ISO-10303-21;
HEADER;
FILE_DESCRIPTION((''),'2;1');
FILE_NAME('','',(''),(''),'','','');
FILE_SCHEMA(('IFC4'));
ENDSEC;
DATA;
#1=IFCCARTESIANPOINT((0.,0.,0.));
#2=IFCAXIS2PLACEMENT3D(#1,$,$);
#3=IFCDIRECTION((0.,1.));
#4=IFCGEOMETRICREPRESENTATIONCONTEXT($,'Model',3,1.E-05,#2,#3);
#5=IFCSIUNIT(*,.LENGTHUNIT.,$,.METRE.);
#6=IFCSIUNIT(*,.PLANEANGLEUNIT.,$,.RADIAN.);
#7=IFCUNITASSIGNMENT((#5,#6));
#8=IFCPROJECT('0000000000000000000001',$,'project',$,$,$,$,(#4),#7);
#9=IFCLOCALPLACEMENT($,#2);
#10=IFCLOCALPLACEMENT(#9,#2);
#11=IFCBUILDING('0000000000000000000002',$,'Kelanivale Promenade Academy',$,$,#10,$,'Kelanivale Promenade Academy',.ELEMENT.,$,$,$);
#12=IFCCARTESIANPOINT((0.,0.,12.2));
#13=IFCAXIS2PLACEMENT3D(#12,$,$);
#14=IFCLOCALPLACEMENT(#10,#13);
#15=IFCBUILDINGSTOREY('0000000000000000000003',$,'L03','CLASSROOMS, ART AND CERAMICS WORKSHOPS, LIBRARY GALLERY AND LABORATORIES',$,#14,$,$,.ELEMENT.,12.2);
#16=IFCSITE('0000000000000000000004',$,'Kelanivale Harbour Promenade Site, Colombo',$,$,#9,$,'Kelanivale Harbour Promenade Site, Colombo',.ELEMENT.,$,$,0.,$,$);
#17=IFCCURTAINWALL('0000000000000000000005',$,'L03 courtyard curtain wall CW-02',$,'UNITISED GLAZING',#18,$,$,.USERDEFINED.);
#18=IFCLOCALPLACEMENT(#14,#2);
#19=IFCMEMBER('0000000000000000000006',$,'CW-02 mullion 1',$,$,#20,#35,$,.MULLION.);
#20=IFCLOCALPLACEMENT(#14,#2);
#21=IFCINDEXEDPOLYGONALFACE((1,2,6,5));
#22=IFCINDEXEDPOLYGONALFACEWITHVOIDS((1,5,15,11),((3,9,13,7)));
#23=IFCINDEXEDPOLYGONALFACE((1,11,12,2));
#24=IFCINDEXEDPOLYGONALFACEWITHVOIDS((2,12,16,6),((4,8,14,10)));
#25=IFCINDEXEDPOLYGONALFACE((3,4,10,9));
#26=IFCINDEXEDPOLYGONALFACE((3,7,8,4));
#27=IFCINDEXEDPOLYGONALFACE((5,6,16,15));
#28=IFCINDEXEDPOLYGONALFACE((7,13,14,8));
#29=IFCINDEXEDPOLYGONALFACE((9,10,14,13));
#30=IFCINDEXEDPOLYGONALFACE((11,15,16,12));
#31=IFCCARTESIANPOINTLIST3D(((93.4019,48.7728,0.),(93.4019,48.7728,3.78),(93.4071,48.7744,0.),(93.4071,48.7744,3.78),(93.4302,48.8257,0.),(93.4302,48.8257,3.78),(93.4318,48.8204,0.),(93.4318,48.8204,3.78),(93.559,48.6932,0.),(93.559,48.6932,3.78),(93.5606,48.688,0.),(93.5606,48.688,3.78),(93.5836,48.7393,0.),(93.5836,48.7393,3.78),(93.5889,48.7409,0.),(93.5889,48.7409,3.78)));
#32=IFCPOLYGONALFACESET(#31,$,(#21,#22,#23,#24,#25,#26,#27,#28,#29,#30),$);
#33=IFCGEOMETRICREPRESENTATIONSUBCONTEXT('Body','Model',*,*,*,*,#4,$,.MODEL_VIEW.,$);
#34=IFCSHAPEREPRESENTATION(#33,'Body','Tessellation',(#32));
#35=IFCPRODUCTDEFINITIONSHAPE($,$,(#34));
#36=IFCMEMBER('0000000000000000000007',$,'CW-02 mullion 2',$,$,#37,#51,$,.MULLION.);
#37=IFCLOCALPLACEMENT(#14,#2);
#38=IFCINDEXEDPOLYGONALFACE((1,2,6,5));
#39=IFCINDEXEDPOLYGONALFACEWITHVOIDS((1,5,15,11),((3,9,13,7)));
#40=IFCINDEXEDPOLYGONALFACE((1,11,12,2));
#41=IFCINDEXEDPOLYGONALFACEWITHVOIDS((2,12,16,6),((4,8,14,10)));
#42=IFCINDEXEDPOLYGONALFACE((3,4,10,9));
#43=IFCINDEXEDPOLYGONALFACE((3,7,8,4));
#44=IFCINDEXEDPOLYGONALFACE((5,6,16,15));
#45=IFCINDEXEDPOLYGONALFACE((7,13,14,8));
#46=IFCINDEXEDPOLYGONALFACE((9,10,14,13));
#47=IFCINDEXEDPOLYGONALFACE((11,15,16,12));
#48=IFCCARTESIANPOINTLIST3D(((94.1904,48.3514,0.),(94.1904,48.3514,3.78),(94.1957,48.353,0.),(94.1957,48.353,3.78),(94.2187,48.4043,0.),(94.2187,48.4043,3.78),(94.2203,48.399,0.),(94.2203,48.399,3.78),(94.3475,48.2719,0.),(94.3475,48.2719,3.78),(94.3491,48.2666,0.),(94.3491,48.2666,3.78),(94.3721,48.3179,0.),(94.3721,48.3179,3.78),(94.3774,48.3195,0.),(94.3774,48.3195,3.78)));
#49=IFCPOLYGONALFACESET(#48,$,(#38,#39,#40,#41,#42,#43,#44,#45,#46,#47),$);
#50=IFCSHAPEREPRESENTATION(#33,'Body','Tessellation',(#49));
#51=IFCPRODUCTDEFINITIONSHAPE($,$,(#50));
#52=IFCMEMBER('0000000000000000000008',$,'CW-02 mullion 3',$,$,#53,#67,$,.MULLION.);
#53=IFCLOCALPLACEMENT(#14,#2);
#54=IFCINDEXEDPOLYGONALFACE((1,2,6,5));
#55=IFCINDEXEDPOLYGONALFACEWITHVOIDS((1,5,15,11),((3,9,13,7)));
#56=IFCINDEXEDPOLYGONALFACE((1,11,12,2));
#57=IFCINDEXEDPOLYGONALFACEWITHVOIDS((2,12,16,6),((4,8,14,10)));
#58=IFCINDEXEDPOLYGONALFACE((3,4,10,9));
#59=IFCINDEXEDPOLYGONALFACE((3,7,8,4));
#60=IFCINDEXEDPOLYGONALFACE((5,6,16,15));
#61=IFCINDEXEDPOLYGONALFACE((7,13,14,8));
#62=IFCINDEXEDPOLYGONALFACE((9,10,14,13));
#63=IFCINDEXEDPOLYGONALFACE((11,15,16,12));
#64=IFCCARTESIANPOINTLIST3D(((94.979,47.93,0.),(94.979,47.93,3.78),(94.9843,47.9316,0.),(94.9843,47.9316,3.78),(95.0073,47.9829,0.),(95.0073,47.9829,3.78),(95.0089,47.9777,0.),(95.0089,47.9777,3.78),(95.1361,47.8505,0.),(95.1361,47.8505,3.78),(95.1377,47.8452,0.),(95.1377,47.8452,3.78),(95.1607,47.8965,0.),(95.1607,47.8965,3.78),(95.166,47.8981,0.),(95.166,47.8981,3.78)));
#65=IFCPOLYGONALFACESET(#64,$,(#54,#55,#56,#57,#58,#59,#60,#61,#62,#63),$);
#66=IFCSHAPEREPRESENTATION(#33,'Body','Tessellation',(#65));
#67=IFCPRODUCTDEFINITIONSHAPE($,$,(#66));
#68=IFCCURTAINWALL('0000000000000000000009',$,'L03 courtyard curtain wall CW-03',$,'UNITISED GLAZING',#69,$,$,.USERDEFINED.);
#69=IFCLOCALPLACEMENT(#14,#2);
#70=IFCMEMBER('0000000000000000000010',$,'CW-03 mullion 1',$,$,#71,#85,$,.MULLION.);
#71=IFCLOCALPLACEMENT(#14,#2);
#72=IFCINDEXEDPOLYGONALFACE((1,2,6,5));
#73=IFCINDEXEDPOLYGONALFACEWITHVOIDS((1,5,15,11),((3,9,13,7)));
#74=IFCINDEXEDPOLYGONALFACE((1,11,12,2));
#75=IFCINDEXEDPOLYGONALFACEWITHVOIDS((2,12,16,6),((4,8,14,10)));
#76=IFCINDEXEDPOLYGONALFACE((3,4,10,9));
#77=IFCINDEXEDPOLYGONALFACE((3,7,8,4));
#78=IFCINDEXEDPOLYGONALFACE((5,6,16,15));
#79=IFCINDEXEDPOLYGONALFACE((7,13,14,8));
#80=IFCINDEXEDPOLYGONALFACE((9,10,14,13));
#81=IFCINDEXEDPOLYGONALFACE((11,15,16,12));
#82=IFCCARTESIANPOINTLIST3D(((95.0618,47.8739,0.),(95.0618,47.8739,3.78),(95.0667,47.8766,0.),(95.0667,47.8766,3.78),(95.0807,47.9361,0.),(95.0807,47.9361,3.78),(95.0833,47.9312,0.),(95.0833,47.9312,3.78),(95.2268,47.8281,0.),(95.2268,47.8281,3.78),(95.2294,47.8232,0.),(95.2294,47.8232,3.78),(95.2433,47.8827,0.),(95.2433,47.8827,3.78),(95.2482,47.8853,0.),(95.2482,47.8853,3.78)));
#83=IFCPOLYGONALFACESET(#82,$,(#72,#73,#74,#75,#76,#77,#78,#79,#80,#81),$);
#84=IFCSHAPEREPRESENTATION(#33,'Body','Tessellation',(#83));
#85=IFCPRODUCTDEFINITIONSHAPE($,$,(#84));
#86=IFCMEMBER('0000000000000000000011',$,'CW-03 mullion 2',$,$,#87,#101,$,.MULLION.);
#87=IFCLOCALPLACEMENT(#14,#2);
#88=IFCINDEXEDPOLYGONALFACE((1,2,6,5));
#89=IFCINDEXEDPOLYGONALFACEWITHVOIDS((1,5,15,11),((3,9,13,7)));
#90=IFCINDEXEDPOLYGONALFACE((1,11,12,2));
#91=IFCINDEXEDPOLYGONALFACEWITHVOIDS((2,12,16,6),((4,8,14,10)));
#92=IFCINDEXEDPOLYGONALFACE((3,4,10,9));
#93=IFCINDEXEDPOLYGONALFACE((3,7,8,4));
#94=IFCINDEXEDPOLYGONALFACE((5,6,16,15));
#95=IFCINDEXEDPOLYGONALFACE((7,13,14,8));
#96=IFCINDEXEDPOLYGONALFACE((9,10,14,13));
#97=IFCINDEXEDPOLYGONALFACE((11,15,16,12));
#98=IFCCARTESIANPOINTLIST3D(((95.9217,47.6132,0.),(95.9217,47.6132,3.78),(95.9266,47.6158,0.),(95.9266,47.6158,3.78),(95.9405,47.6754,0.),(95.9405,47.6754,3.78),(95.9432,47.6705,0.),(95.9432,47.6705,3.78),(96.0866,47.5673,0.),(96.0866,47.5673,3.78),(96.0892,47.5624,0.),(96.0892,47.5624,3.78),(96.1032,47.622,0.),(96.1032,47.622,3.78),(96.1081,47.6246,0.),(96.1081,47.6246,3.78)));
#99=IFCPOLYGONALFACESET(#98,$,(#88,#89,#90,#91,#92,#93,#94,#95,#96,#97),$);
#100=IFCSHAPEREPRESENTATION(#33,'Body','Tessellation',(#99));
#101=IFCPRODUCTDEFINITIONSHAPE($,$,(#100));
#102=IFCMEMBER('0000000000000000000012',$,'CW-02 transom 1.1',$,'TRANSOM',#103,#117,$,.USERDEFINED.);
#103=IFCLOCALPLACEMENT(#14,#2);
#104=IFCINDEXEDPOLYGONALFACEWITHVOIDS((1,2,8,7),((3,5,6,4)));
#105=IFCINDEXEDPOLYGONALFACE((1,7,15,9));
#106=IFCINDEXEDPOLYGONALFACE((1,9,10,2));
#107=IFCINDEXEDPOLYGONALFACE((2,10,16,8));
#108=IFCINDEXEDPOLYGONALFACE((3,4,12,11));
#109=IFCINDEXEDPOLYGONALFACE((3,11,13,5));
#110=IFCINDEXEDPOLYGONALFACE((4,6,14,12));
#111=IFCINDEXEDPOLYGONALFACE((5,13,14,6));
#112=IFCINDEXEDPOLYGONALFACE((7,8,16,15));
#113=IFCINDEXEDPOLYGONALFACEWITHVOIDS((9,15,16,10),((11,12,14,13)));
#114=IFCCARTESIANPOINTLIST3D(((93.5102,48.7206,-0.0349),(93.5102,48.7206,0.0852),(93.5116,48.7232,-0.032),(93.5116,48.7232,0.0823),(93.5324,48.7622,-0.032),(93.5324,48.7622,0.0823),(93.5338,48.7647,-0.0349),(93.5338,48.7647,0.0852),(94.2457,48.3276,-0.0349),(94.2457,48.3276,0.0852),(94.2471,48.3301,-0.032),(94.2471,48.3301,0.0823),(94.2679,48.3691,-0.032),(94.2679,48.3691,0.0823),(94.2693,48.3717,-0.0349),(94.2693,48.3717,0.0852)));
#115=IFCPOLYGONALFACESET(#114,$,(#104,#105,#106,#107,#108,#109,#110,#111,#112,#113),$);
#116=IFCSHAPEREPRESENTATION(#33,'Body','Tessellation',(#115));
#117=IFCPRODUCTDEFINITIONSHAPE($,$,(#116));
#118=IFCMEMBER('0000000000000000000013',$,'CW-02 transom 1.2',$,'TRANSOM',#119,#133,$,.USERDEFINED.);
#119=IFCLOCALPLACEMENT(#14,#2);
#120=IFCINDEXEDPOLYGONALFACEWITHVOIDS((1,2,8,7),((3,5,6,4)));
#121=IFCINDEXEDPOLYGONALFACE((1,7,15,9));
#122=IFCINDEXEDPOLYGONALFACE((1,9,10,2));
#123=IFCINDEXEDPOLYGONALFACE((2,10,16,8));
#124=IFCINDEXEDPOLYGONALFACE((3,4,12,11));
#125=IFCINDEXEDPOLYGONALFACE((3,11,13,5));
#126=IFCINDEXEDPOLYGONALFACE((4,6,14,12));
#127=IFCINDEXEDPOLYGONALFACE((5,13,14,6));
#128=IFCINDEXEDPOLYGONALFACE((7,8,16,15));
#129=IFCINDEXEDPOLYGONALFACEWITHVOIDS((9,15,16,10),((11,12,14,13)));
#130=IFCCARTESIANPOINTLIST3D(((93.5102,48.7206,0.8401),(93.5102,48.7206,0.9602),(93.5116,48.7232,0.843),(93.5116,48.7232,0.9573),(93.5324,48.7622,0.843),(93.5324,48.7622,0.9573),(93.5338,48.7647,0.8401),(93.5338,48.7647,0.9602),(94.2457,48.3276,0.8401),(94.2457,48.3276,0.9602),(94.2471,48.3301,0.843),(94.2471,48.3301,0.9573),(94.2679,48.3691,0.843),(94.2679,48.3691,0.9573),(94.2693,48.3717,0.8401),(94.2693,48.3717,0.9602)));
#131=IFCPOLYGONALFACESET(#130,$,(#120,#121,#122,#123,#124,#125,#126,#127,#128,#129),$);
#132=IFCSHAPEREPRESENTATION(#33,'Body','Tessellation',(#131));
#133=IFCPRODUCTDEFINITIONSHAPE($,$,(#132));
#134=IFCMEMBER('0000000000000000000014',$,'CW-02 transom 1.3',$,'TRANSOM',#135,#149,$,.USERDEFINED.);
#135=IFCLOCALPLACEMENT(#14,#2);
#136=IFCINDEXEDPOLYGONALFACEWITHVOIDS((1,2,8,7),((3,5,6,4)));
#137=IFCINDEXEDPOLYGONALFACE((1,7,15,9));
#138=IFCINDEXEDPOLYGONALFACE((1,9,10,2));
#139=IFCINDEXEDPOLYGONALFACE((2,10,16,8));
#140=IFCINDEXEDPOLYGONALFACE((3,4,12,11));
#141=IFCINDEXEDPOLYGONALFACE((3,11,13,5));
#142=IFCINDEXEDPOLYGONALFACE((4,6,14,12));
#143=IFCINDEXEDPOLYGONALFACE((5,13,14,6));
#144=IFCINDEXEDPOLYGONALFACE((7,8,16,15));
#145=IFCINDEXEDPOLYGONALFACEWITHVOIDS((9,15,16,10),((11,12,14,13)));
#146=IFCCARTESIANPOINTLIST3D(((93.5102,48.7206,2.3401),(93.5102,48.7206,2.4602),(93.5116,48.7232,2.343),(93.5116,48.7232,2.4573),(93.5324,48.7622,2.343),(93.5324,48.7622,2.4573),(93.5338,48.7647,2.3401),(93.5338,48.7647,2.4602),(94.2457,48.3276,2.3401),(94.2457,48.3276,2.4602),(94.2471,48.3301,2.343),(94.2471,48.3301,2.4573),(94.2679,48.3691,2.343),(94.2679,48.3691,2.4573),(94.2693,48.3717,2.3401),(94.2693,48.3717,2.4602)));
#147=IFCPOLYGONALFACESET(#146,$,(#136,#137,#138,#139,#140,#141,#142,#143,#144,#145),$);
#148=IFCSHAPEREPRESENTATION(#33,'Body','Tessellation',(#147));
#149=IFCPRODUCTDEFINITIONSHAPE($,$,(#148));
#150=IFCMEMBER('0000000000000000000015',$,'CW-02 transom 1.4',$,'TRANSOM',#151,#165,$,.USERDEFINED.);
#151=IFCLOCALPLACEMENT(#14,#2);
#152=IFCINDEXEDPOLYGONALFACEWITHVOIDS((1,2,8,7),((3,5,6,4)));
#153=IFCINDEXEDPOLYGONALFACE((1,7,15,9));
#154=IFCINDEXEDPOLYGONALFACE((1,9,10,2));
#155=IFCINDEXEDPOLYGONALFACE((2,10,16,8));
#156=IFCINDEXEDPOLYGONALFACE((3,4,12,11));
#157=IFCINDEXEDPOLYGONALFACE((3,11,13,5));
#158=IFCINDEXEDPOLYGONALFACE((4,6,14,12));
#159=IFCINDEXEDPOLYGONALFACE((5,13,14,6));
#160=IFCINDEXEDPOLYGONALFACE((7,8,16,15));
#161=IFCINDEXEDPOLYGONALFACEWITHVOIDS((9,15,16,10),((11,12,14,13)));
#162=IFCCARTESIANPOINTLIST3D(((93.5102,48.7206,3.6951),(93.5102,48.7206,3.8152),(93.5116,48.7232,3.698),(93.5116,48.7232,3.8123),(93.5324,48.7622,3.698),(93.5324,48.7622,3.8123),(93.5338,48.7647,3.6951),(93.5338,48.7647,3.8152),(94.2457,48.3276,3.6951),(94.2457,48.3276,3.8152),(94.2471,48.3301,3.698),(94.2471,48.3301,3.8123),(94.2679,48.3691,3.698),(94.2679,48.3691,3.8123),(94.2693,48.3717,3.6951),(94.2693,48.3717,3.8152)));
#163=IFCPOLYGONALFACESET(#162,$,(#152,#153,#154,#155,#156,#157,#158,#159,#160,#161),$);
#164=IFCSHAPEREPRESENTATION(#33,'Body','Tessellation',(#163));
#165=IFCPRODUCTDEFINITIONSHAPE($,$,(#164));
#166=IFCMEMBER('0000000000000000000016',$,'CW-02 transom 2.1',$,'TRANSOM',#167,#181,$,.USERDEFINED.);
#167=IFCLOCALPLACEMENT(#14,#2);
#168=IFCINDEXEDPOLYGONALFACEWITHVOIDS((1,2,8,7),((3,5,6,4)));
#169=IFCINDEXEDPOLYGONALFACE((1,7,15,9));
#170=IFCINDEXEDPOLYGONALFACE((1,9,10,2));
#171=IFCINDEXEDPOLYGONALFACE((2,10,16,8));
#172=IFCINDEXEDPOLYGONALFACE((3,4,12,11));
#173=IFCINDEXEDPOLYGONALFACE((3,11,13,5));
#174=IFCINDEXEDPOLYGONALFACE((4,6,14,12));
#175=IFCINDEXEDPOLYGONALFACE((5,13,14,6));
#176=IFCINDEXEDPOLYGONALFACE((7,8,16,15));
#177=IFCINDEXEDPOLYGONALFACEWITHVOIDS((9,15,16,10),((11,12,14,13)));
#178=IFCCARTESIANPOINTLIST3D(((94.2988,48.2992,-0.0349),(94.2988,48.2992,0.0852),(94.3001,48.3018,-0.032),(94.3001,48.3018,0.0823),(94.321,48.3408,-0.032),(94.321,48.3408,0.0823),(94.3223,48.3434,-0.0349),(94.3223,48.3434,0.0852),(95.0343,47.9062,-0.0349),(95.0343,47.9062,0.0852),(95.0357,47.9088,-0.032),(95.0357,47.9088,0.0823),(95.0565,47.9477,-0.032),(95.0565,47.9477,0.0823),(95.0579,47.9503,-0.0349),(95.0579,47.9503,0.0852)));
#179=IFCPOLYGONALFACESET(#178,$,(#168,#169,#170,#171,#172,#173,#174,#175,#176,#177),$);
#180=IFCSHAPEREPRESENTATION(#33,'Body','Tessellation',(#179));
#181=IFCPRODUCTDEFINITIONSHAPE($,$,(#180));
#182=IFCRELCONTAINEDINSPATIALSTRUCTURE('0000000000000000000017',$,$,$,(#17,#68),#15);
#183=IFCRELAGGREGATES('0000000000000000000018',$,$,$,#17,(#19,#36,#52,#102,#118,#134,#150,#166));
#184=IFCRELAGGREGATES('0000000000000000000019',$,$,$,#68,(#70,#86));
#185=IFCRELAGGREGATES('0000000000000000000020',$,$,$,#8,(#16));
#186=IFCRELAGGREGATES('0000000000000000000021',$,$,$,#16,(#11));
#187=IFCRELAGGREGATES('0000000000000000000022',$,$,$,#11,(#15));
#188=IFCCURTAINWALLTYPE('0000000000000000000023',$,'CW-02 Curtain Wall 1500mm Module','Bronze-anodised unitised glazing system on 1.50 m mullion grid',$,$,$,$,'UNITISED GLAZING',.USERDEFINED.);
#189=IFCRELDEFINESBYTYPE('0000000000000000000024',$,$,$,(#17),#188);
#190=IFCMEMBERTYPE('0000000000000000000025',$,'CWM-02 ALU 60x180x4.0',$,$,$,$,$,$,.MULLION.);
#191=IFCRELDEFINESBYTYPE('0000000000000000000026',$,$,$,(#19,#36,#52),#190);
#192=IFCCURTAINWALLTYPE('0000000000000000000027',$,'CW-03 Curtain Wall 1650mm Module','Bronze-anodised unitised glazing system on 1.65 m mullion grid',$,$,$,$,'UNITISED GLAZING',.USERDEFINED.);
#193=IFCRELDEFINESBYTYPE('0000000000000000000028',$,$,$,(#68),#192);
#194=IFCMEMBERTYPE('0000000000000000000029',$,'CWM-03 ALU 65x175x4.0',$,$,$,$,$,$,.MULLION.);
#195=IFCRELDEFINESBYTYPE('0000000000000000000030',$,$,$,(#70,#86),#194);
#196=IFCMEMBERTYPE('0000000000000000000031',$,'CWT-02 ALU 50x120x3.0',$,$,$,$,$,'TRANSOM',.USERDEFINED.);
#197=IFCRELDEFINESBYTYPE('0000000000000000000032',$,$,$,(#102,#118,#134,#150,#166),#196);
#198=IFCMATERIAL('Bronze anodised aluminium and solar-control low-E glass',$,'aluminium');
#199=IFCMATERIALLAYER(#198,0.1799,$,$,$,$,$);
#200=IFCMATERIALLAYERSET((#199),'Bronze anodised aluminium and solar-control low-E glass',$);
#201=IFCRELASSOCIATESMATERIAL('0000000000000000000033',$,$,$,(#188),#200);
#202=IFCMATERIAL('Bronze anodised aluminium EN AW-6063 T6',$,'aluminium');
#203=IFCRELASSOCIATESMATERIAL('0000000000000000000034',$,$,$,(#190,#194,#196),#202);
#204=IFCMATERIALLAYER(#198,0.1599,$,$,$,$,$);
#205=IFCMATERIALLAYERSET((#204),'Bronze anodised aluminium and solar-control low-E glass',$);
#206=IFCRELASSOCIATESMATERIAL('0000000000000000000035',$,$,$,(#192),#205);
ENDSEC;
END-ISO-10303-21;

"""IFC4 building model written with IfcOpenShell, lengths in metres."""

from ifc_helpers import new_model, si_unit, direction, frame, origin, origin_2d, place, context, subcontext, project, spatial, hollow_rectangle, extrude, material, layer, layer_set, material_profile, profile_set, type_object, element, aggregate, save


model = new_model("IFC4")

# Units and contexts
model_context = context("Model", 3, precision=1e-05, world=origin(), true_north=direction((0.0, 1.0)))
body_context = subcontext(model_context, "Body", "Model", "MODEL_VIEW")
ifc_project = project(units=[si_unit("LENGTHUNIT", "METRE"), si_unit("PLANEANGLEUNIT", "RADIAN")], contexts=[model_context])

# Site, building, storey
site_placement = place(None, origin())
site = spatial("IfcSite", under=ifc_project, at=site_placement, Name="Kelanivale Harbour Promenade Site, Colombo", LongName="Kelanivale Harbour Promenade Site, Colombo", CompositionType="ELEMENT", RefElevation=0.0)
building_placement = place(site_placement, origin())
building = spatial("IfcBuilding", under=site, at=building_placement, Name="Kelanivale Promenade Academy", LongName="Kelanivale Promenade Academy", CompositionType="ELEMENT")
storey_placement = place(building_placement, frame((0.0, 0.0, 12.2)))
storey = spatial("IfcBuildingStorey", under=building, at=storey_placement, Name="L03", Description="CLASSROOMS, ART AND CERAMICS WORKSHOPS, LIBRARY GALLERY AND LABORATORIES", CompositionType="ELEMENT", Elevation=12.2)

# Curtain walls, members
ifc_material_1 = material(Name="Bronze anodised aluminium and solar-control low-E glass", Category="aluminium")
ifc_layer_1 = layer(ifc_material_1, 0.1799)
ifc_layer_set_1 = layer_set([ifc_layer_1], Name="Bronze anodised aluminium and solar-control low-E glass")
curtain_wall_type_1 = type_object("IfcCurtainWallType", Name="CW-02 Curtain Wall 1500mm Module", Description="Bronze-anodised unitised glazing system on 1.50 m mullion grid", ElementType="UNITISED GLAZING", PredefinedType="USERDEFINED", material=ifc_layer_set_1)
curtain_wall_1_placement = place(storey_placement, origin())
curtain_wall_1 = element("IfcCurtainWall", 1, at=curtain_wall_1_placement, inside=storey, type_object=curtain_wall_type_1, Name="L03 courtyard curtain wall CW-02", ObjectType="UNITISED GLAZING", PredefinedType="USERDEFINED")
ifc_material_2 = material(Name="Bronze anodised aluminium EN AW-6063 T6", Category="aluminium")
ifc_material_profile_1 = material_profile(ifc_material_2, hollow_rectangle(XDim=0.0601, YDim=0.1799, WallThickness=0.0039, at=origin_2d()), Name="ALU 60x180x4.0")
ifc_profile_set_1 = profile_set([ifc_material_profile_1], Name="Bronze anodised aluminium EN AW-6063 T6")
member_type_1 = type_object("IfcMemberType", Name="CWM-02 ALU 60x180x4.0", PredefinedType="MULLION", material=ifc_profile_set_1)
member_1_placement = place(storey_placement, frame((93.4954, 48.7568, 0.0), z_axis=(0.0, 0.0, 1.0), x_axis=(0.47129, 0.881978, 0.0)))
member_1 = element("IfcMember", 2, at=member_1_placement, type_object=member_type_1, Name="CW-02 mullion 1", PredefinedType="MULLION", context=body_context, shape_type="SweptSolid", body=[
    extrude(hollow_rectangle(XDim=0.0601, YDim=0.1799, WallThickness=0.0039, at=origin_2d()), origin(), (0.0, 0.0, 1.0), 3.78),
])
member_2_placement = place(storey_placement, frame((94.2839, 48.3354, 0.0), z_axis=(0.0, 0.0, 1.0), x_axis=(0.47129, 0.881978, 0.0)))
member_2 = element("IfcMember", 3, at=member_2_placement, type_object=member_type_1, Name="CW-02 mullion 2", PredefinedType="MULLION", context=body_context, shape_type="SweptSolid", body=[
    extrude(hollow_rectangle(XDim=0.0601, YDim=0.1799, WallThickness=0.0039, at=origin_2d()), origin(), (0.0, 0.0, 1.0), 3.78),
])
member_3_placement = place(storey_placement, frame((95.0725, 47.9141, 0.0), z_axis=(0.0, 0.0, 1.0), x_axis=(0.47129, 0.881978, 0.0)))
member_3 = element("IfcMember", 4, at=member_3_placement, type_object=member_type_1, Name="CW-02 mullion 3", PredefinedType="MULLION", context=body_context, shape_type="SweptSolid", body=[
    extrude(hollow_rectangle(XDim=0.0601, YDim=0.1799, WallThickness=0.0039, at=origin_2d()), origin(), (0.0, 0.0, 1.0), 3.78),
])
ifc_layer_2 = layer(ifc_material_1, 0.1599)
ifc_layer_set_2 = layer_set([ifc_layer_2], Name="Bronze anodised aluminium and solar-control low-E glass")
curtain_wall_type_2 = type_object("IfcCurtainWallType", Name="CW-03 Curtain Wall 1650mm Module", Description="Bronze-anodised unitised glazing system on 1.65 m mullion grid", ElementType="UNITISED GLAZING", PredefinedType="USERDEFINED", material=ifc_layer_set_2)
curtain_wall_2_placement = place(storey_placement, origin())
curtain_wall_2 = element("IfcCurtainWall", 5, at=curtain_wall_2_placement, inside=storey, type_object=curtain_wall_type_2, Name="L03 courtyard curtain wall CW-03", ObjectType="UNITISED GLAZING", PredefinedType="USERDEFINED")
ifc_material_profile_2 = material_profile(ifc_material_2, hollow_rectangle(XDim=0.0649, YDim=0.175, WallThickness=0.0039, at=origin_2d()), Name="ALU 65x175x4.0")
ifc_profile_set_2 = profile_set([ifc_material_profile_2], Name="Bronze anodised aluminium EN AW-6063 T6")
member_type_2 = type_object("IfcMemberType", Name="CWM-03 ALU 65x175x4.0", PredefinedType="MULLION", material=ifc_profile_set_2)
member_4_placement = place(storey_placement, frame((95.155, 47.8796, 0.0), z_axis=(0.0, 0.0, 1.0), x_axis=(0.290007, 0.957024, 0.0)))
member_4 = element("IfcMember", 6, at=member_4_placement, type_object=member_type_2, Name="CW-03 mullion 1", PredefinedType="MULLION", context=body_context, shape_type="SweptSolid", body=[
    extrude(hollow_rectangle(XDim=0.0649, YDim=0.175, WallThickness=0.0039, at=origin_2d()), origin(), (0.0, 0.0, 1.0), 3.78),
])
member_5_placement = place(storey_placement, frame((96.0149, 47.6189, 0.0), z_axis=(0.0, 0.0, 1.0), x_axis=(0.290007, 0.957024, 0.0)))
member_5 = element("IfcMember", 7, at=member_5_placement, type_object=member_type_2, Name="CW-03 mullion 2", PredefinedType="MULLION", context=body_context, shape_type="SweptSolid", body=[
    extrude(hollow_rectangle(XDim=0.0649, YDim=0.175, WallThickness=0.0039, at=origin_2d()), origin(), (0.0, 0.0, 1.0), 3.78),
])

# Members
ifc_material_profile_3 = material_profile(ifc_material_2, hollow_rectangle(XDim=0.05, YDim=0.1201, WallThickness=0.0029, at=origin_2d()), Name="ALU 50x120x3.0")
ifc_profile_set_3 = profile_set([ifc_material_profile_3], Name="Bronze anodised aluminium EN AW-6063 T6")
member_type_3 = type_object("IfcMemberType", Name="CWT-02 ALU 50x120x3.0", ElementType="TRANSOM", PredefinedType="USERDEFINED", material=ifc_profile_set_3)
member_6_placement = place(storey_placement, frame((93.522, 48.7427, 0.0251), z_axis=(0.88198, -0.471287, 0.0), x_axis=(0.471287, 0.88198, 0.0)))
member_6 = element("IfcMember", 8, at=member_6_placement, type_object=member_type_3, Name="CW-02 transom 1.1", ObjectType="TRANSOM", PredefinedType="USERDEFINED", context=body_context, shape_type="SweptSolid", body=[
    extrude(hollow_rectangle(XDim=0.05, YDim=0.1201, WallThickness=0.0029, at=origin_2d()), origin(), (0.0, 0.0, 1.0), 0.834),
])
member_7_placement = place(storey_placement, frame((93.522, 48.7427, 0.9001), z_axis=(0.88198, -0.471287, 0.0), x_axis=(0.471287, 0.88198, 0.0)))
member_7 = element("IfcMember", 9, at=member_7_placement, type_object=member_type_3, Name="CW-02 transom 1.2", ObjectType="TRANSOM", PredefinedType="USERDEFINED", context=body_context, shape_type="SweptSolid", body=[
    extrude(hollow_rectangle(XDim=0.05, YDim=0.1201, WallThickness=0.0029, at=origin_2d()), origin(), (0.0, 0.0, 1.0), 0.834),
])
member_8_placement = place(storey_placement, frame((93.522, 48.7427, 2.4001), z_axis=(0.88198, -0.471287, 0.0), x_axis=(0.471287, 0.88198, 0.0)))
member_8 = element("IfcMember", 10, at=member_8_placement, type_object=member_type_3, Name="CW-02 transom 1.3", ObjectType="TRANSOM", PredefinedType="USERDEFINED", context=body_context, shape_type="SweptSolid", body=[
    extrude(hollow_rectangle(XDim=0.05, YDim=0.1201, WallThickness=0.0029, at=origin_2d()), origin(), (0.0, 0.0, 1.0), 0.834),
])
member_9_placement = place(storey_placement, frame((93.522, 48.7427, 3.7551), z_axis=(0.88198, -0.471287, 0.0), x_axis=(0.471287, 0.88198, 0.0)))
member_9 = element("IfcMember", 11, at=member_9_placement, type_object=member_type_3, Name="CW-02 transom 1.4", ObjectType="TRANSOM", PredefinedType="USERDEFINED", context=body_context, shape_type="SweptSolid", body=[
    extrude(hollow_rectangle(XDim=0.05, YDim=0.1201, WallThickness=0.0029, at=origin_2d()), origin(), (0.0, 0.0, 1.0), 0.834),
])
member_10_placement = place(storey_placement, frame((94.3105, 48.3213, 0.0251), z_axis=(0.88198, -0.471287, 0.0), x_axis=(0.471287, 0.88198, 0.0)))
member_10 = element("IfcMember", 12, at=member_10_placement, type_object=member_type_3, Name="CW-02 transom 2.1", ObjectType="TRANSOM", PredefinedType="USERDEFINED", context=body_context, shape_type="SweptSolid", body=[
    extrude(hollow_rectangle(XDim=0.05, YDim=0.1201, WallThickness=0.0029, at=origin_2d()), origin(), (0.0, 0.0, 1.0), 0.834),
])

aggregate(curtain_wall_1, [member_1, member_2, member_3, member_6, member_7, member_8, member_9, member_10])
aggregate(curtain_wall_2, [member_4, member_5])

save(model, "model.ifc")
